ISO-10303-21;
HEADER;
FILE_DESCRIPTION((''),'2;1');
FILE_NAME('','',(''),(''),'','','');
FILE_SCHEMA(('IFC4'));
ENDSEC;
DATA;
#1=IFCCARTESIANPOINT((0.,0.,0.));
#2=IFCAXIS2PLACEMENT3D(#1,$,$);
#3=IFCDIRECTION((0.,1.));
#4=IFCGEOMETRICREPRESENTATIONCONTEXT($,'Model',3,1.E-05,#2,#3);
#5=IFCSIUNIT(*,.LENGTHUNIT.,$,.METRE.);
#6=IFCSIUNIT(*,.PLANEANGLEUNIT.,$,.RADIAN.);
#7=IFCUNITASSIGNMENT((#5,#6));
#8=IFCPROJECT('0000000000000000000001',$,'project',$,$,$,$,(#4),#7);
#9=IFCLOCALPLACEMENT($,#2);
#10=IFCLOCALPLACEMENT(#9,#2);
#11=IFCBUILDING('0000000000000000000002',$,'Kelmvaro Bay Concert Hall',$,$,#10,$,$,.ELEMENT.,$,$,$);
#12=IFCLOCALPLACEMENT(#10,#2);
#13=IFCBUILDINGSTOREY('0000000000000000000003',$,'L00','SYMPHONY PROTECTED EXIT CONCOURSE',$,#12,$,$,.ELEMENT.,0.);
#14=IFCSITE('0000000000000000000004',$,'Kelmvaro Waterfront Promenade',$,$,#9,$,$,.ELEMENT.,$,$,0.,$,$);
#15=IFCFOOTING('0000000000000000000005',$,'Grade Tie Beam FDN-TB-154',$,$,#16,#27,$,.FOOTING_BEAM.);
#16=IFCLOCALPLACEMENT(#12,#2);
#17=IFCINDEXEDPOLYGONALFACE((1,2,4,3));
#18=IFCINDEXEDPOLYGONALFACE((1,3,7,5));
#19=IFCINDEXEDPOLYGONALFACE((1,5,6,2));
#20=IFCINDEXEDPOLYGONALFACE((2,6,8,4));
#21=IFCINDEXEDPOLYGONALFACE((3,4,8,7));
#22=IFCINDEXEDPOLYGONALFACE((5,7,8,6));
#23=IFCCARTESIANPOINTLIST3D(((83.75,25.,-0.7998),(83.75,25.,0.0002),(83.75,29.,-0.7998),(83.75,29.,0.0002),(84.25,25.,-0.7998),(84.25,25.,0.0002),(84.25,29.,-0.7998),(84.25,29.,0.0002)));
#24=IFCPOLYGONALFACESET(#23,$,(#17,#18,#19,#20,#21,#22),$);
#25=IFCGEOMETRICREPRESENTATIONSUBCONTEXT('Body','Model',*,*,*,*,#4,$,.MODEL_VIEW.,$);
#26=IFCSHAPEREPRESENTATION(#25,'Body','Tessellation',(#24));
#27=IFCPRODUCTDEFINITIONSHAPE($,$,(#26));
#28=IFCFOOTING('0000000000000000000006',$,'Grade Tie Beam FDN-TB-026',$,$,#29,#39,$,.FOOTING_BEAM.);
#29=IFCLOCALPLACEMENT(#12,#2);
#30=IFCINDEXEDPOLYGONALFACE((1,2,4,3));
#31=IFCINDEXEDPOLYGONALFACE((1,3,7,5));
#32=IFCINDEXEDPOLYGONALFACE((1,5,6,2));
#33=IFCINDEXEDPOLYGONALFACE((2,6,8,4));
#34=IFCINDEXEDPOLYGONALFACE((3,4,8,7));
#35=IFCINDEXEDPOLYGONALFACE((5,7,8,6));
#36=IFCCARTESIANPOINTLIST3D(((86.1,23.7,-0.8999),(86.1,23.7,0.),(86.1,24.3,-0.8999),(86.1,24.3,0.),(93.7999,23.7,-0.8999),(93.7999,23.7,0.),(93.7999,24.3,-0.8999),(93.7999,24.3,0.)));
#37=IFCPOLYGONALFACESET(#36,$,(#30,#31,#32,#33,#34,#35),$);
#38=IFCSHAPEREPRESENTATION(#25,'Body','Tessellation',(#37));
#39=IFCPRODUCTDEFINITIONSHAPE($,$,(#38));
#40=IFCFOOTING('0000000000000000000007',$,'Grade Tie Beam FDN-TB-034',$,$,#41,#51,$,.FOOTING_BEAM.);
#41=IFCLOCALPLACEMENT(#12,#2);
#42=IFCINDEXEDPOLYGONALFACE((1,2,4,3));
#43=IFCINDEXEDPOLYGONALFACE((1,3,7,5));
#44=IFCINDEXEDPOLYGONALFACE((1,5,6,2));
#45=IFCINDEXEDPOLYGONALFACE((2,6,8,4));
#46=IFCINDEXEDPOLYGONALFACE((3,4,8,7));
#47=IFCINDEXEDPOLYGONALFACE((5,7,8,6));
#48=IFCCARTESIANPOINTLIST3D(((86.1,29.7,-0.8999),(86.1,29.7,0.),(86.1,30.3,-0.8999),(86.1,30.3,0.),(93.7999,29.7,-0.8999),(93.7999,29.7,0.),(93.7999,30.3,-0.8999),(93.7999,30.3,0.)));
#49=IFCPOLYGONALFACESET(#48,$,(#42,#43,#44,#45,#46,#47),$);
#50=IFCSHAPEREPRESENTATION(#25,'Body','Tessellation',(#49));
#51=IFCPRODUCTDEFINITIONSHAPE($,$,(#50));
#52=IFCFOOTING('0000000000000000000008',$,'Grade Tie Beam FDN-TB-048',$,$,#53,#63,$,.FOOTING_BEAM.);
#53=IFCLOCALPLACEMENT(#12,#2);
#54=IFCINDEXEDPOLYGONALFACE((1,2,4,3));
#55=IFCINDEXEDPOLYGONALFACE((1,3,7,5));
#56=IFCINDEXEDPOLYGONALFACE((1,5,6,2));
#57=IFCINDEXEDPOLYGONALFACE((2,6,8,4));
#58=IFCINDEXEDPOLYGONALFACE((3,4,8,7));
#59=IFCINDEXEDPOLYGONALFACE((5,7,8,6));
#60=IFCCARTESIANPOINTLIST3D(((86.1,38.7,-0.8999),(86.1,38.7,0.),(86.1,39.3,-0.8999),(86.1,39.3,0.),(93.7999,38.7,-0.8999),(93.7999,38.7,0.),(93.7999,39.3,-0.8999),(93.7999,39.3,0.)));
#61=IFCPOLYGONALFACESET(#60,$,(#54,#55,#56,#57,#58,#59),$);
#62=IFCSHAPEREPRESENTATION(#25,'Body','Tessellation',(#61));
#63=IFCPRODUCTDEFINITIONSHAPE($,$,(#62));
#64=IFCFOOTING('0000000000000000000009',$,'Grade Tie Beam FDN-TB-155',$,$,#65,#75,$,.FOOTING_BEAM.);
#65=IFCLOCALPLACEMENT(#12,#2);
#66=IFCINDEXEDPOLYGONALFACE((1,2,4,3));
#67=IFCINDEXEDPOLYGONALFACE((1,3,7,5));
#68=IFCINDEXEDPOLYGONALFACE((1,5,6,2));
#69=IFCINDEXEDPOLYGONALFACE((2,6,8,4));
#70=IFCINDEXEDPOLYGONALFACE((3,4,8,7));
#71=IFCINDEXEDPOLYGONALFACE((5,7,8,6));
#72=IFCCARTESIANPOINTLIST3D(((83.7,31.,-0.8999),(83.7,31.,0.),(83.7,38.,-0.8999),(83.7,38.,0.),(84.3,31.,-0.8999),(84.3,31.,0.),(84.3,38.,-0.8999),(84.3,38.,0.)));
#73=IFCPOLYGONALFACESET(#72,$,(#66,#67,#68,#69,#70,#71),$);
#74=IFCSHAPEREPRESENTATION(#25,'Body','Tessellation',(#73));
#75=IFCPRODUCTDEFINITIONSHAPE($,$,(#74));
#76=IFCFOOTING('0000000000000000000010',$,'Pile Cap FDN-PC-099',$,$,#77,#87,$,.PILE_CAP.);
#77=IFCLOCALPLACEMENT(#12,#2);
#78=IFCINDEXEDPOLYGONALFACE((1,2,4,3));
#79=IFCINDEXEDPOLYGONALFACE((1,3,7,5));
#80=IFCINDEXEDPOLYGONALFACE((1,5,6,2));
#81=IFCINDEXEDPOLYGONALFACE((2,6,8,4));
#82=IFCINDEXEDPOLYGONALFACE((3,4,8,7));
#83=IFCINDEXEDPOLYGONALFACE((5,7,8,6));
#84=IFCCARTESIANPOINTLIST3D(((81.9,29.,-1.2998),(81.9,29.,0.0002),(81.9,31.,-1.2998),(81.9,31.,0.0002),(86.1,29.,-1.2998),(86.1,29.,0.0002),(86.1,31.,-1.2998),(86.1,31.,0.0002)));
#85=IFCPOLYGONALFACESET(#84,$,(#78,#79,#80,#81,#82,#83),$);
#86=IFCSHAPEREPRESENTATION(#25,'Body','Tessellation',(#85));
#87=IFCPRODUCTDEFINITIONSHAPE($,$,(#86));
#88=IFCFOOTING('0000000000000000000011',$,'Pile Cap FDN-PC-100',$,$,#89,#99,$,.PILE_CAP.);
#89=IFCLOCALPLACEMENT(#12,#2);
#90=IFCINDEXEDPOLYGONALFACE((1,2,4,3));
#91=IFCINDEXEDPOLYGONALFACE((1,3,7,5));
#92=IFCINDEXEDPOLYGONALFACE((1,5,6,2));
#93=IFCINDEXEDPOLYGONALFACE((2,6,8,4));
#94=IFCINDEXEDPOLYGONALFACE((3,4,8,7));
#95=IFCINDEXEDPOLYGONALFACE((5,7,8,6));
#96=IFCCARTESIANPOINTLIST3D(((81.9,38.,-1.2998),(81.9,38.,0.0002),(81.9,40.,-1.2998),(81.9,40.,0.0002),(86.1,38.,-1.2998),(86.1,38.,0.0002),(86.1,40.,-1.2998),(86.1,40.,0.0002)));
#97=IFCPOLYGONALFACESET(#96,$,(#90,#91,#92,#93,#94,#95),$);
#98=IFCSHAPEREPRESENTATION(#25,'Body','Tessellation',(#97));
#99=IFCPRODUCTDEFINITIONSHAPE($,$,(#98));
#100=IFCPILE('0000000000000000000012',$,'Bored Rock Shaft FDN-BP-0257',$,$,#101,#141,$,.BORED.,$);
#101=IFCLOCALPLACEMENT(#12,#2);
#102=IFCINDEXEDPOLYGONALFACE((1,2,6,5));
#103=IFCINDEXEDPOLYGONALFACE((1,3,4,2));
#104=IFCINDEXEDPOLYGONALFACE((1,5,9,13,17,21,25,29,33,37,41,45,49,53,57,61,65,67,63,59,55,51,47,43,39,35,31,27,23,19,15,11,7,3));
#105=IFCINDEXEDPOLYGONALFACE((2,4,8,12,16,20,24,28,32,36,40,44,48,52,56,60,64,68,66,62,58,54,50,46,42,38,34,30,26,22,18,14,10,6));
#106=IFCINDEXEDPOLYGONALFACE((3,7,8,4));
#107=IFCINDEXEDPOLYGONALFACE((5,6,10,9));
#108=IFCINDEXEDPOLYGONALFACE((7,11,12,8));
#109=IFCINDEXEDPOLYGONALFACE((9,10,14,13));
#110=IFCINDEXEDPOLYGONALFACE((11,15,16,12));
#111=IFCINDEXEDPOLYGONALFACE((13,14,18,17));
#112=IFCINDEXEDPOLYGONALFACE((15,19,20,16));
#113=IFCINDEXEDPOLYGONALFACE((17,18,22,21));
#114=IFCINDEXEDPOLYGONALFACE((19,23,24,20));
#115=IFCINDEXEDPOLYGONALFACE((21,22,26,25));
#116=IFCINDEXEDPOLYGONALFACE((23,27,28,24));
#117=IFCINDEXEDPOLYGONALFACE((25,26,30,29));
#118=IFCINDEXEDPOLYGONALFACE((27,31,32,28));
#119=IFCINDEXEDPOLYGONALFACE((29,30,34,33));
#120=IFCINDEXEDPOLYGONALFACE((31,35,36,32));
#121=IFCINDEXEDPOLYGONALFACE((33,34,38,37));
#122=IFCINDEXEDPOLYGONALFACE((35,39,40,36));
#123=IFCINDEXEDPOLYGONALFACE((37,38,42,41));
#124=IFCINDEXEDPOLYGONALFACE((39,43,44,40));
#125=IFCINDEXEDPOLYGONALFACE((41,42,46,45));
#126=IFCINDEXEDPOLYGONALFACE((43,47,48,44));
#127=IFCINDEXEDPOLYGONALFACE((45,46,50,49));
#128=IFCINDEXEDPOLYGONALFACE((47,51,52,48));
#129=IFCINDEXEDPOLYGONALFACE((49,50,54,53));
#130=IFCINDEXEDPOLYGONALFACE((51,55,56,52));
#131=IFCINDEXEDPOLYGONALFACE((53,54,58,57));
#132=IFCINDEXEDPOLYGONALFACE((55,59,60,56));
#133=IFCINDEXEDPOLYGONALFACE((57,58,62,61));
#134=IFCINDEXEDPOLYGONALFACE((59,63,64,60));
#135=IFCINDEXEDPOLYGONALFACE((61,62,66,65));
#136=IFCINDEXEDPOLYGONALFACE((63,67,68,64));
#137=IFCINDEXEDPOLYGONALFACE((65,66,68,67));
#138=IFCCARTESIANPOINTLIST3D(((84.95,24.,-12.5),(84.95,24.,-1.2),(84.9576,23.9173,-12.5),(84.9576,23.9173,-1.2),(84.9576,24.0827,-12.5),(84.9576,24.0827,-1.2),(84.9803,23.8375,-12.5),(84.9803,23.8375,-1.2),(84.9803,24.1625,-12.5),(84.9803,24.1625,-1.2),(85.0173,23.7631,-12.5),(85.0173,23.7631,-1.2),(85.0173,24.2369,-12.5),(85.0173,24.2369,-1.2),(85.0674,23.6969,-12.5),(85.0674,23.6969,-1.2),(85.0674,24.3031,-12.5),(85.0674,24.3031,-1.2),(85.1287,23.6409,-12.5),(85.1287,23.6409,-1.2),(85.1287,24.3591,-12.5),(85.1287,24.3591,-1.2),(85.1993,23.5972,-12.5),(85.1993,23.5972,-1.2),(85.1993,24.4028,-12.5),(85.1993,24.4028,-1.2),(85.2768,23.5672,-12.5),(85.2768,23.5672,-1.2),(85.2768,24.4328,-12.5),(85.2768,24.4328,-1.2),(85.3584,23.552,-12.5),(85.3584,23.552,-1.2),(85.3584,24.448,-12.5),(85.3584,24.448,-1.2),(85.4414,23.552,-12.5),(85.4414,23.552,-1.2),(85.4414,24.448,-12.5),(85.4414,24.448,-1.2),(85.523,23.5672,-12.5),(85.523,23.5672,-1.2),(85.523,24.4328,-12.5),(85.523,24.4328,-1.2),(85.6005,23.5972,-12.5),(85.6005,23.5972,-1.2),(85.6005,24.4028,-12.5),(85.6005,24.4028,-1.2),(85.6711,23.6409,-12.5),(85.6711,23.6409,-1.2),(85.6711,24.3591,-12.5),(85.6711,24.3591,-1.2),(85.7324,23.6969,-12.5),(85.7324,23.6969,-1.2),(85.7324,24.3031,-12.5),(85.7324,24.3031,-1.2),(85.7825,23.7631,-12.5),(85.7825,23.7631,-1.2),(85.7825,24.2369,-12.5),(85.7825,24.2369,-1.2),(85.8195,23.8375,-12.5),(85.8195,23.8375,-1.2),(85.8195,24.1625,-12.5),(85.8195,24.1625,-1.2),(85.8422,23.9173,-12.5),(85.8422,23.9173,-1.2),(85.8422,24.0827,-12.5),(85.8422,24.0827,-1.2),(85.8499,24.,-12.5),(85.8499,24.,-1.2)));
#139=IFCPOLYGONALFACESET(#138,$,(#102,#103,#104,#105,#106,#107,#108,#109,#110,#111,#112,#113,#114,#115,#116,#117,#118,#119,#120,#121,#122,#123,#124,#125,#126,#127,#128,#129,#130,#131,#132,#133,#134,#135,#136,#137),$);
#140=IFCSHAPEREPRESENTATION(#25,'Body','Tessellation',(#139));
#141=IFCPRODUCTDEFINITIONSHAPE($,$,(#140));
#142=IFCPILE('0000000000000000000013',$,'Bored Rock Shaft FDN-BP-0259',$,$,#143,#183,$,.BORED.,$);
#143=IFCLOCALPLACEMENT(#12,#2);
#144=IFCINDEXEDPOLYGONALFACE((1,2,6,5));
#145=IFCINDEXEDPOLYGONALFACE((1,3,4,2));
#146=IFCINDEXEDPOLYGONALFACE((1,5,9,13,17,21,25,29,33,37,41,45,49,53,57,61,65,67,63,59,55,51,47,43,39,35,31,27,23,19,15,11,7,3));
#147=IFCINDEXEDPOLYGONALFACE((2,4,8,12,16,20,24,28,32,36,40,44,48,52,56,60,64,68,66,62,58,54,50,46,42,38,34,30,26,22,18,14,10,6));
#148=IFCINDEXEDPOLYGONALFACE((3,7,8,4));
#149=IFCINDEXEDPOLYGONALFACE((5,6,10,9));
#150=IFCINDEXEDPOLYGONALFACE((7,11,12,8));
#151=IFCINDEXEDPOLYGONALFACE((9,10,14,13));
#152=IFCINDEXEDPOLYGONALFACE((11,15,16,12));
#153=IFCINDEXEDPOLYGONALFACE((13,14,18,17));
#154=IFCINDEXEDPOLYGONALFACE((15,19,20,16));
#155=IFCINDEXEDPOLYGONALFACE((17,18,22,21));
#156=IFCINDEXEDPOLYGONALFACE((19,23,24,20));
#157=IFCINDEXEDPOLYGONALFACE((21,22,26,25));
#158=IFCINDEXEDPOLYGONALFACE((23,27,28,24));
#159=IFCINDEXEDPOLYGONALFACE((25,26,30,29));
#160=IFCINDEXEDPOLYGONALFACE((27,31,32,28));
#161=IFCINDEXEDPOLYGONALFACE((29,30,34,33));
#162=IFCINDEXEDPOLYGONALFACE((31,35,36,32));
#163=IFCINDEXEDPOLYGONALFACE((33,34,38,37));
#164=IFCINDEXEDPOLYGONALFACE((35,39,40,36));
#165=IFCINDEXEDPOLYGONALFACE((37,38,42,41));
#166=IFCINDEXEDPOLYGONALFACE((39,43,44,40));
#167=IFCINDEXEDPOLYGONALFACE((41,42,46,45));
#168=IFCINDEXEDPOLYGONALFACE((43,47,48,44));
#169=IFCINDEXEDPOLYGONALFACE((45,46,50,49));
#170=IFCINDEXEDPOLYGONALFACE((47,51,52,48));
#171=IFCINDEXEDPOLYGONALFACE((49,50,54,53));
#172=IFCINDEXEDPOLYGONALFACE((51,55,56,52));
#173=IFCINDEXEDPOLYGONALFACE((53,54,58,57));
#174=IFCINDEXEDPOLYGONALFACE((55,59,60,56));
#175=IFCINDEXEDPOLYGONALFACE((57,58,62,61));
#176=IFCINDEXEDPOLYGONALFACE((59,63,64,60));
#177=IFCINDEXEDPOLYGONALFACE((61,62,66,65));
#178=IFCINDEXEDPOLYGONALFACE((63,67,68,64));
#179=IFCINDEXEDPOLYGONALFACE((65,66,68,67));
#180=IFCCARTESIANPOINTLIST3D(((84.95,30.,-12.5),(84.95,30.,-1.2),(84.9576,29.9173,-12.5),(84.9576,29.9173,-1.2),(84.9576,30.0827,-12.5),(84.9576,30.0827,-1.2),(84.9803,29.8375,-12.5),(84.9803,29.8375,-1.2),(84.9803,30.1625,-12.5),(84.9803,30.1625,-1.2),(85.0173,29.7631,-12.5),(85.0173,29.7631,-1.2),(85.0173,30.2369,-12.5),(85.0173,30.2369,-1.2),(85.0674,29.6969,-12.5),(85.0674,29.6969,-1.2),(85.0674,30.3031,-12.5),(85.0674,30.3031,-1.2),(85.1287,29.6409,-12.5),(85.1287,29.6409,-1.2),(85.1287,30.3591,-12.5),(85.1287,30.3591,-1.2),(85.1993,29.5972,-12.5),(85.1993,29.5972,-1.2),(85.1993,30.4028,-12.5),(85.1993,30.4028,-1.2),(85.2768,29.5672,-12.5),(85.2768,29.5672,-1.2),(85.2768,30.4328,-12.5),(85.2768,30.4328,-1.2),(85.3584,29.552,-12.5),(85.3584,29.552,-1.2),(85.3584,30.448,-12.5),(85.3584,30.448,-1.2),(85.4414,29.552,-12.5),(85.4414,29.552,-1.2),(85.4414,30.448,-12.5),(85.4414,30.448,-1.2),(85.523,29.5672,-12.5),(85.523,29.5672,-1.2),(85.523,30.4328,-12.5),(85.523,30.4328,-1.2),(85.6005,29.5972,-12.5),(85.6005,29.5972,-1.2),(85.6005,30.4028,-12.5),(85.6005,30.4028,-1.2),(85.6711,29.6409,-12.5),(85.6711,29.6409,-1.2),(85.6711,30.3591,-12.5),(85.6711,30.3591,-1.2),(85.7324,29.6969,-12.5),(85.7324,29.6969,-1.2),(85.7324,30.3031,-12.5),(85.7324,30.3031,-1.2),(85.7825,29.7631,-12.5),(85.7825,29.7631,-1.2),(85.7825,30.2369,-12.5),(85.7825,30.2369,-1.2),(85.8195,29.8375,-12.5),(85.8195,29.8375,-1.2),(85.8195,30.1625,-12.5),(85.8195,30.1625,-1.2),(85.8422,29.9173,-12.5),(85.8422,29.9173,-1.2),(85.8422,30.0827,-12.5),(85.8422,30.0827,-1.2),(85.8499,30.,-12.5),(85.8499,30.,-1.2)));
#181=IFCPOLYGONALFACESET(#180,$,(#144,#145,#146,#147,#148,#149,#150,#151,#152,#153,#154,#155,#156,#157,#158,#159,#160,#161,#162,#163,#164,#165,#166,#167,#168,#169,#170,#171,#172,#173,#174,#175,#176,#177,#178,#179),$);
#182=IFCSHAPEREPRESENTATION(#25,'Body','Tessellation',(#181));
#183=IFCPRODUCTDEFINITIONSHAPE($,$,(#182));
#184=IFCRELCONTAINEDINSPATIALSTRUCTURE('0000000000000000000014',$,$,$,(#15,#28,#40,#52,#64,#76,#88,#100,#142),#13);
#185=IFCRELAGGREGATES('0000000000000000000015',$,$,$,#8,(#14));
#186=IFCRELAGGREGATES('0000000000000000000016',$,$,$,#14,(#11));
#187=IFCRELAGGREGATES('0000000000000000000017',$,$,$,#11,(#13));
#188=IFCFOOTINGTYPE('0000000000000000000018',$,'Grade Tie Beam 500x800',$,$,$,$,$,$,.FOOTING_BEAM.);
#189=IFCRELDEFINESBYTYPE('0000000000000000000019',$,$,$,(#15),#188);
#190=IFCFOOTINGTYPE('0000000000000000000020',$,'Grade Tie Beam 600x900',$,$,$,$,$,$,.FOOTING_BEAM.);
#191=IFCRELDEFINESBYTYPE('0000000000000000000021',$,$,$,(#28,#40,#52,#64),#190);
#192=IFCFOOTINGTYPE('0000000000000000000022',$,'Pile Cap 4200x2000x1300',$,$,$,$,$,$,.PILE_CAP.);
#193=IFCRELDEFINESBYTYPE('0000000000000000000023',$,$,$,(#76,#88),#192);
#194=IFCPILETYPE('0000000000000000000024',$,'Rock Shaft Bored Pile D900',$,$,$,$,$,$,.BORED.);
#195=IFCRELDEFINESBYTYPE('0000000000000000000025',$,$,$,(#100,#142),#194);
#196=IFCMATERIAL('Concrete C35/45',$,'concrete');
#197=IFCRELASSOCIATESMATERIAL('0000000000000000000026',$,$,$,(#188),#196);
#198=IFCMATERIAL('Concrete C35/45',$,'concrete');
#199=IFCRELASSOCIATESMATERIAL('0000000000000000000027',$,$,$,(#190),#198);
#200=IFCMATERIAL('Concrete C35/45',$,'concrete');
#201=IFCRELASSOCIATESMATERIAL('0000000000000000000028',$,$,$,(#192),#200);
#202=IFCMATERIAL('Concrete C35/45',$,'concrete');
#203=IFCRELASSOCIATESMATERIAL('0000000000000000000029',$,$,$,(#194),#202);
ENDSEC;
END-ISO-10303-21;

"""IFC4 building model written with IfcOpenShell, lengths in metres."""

from ifc_helpers import new_model, si_unit, direction, frame, origin, origin_2d, place, context, subcontext, project, spatial, rectangle, circle, extrude, material, material_profile, profile_set, type_object, element, save


model = new_model("IFC4")

# Units and contexts
model_context = context("Model", 3, precision=1e-05, world=origin(), true_north=direction((0.0, 1.0)))
body_context = subcontext(model_context, "Body", "Model", "MODEL_VIEW")
ifc_project = project(units=[si_unit("LENGTHUNIT", "METRE"), si_unit("PLANEANGLEUNIT", "RADIAN")], contexts=[model_context])

# Site, building, storey
site_placement = place(None, origin())
site = spatial("IfcSite", under=ifc_project, at=site_placement, Name="Kelmvaro Waterfront Promenade", CompositionType="ELEMENT", RefElevation=0.0)
building_placement = place(site_placement, origin())
building = spatial("IfcBuilding", under=site, at=building_placement, Name="Kelmvaro Bay Concert Hall", CompositionType="ELEMENT")
storey_placement = place(building_placement, origin())
storey = spatial("IfcBuildingStorey", under=building, at=storey_placement, Name="L00", Description="SYMPHONY PROTECTED EXIT CONCOURSE", CompositionType="ELEMENT", Elevation=0.0)

# Footings
ifc_material_1 = material(Name="Concrete C35/45", Category="concrete")
footing_type_1 = type_object("IfcFootingType", Name="Grade Tie Beam 500x800", PredefinedType="FOOTING_BEAM", material=ifc_material_1)
footing_1_placement = place(storey_placement, frame((84.0, 27.0, -0.7998), z_axis=(0.0, 0.0, 1.0), x_axis=(0.0, 1.0, 0.0)))
element("IfcFooting", 1, at=footing_1_placement, inside=storey, type_object=footing_type_1, Name="Grade Tie Beam FDN-TB-154", PredefinedType="FOOTING_BEAM", context=body_context, shape_type="SweptSolid", body=[
    extrude(rectangle(XDim=4.0, YDim=0.5, at=origin_2d()), origin(), (0.0, 0.0, 1.0), 0.8),
])
ifc_material_2 = material(Name="Concrete C35/45", Category="concrete")
footing_type_2 = type_object("IfcFootingType", Name="Grade Tie Beam 600x900", PredefinedType="FOOTING_BEAM", material=ifc_material_2)
for number, where, z_axis, x_axis, name in (
    (2, (89.95, 24.0, -0.8999), (0.0, 0.0, 1.0), (1.0, 0.0, 0.0), "Grade Tie Beam FDN-TB-026"),
    (3, (89.95, 30.0, -0.8999), (0.0, 0.0, 1.0), (1.0, 0.0, 0.0), "Grade Tie Beam FDN-TB-034"),
    (4, (89.95, 39.0, -0.8999), (0.0, 0.0, 1.0), (1.0, 0.0, 0.0), "Grade Tie Beam FDN-TB-048"),
):
    element("IfcFooting", number, at=place(storey_placement, frame(where, z_axis=z_axis, x_axis=x_axis)), inside=storey, type_object=footing_type_2, Name=name, PredefinedType="FOOTING_BEAM", context=body_context, shape_type="SweptSolid", body=[
        extrude(rectangle(XDim=7.7, YDim=0.6001, at=origin_2d()), origin(), (0.0, 0.0, 1.0), 0.8999),
    ])
footing_2_placement = place(storey_placement, frame((84.0, 34.5, -0.8999), z_axis=(0.0, 0.0, 1.0), x_axis=(0.0, 1.0, 0.0)))
element("IfcFooting", 5, at=footing_2_placement, inside=storey, type_object=footing_type_2, Name="Grade Tie Beam FDN-TB-155", PredefinedType="FOOTING_BEAM", context=body_context, shape_type="SweptSolid", body=[
    extrude(rectangle(XDim=7.0, YDim=0.6001, at=origin_2d()), origin(), (0.0, 0.0, 1.0), 0.8999),
])
ifc_material_3 = material(Name="Concrete C35/45", Category="concrete")
footing_type_3 = type_object("IfcFootingType", Name="Pile Cap 4200x2000x1300", PredefinedType="PILE_CAP", material=ifc_material_3)
for number, where, z_axis, x_axis, name in (
    (6, (84.0, 30.0, -1.2998), (0.0, 0.0, 1.0), (1.0, 0.0, 0.0), "Pile Cap FDN-PC-099"),
    (7, (84.0, 39.0, -1.2998), (0.0, 0.0, 1.0), (1.0, 0.0, 0.0), "Pile Cap FDN-PC-100"),
):
    element("IfcFooting", number, at=place(storey_placement, frame(where, z_axis=z_axis, x_axis=x_axis)), inside=storey, type_object=footing_type_3, Name=name, PredefinedType="PILE_CAP", context=body_context, shape_type="SweptSolid", body=[
        extrude(rectangle(XDim=4.2, YDim=2.0, at=origin_2d()), origin(), (0.0, 0.0, 1.0), 1.3),
    ])

# Piles
ifc_material_4 = material(Name="Concrete C35/45", Category="concrete")
ifc_material_profile_1 = material_profile(ifc_material_4, circle(Radius=0.45, at=origin_2d()), Name="PILE-BORED-900")
ifc_profile_set_1 = profile_set([ifc_material_profile_1], Name="Concrete C35/45")
pile_type = type_object("IfcPileType", Name="Rock Shaft Bored Pile D900", PredefinedType="BORED", material=ifc_profile_set_1)
for number, where, z_axis, x_axis, name in (
    (8, (85.3999, 24.0, -1.2), (0.0, 0.0, -1.0), (1.0, 0.0, 0.0), "Bored Rock Shaft FDN-BP-0257"),
    (9, (85.3999, 30.0, -1.2), (0.0, 0.0, -1.0), (1.0, 0.0, 0.0), "Bored Rock Shaft FDN-BP-0259"),
):
    element("IfcPile", number, at=place(storey_placement, frame(where, z_axis=z_axis, x_axis=x_axis)), inside=storey, type_object=pile_type, Name=name, PredefinedType="BORED", context=body_context, shape_type="SweptSolid", body=[
        extrude(circle(Radius=0.45, at=origin_2d()), origin(), (0.0, 0.0, 1.0), 11.3),
    ])

save(model, "model.ifc")
